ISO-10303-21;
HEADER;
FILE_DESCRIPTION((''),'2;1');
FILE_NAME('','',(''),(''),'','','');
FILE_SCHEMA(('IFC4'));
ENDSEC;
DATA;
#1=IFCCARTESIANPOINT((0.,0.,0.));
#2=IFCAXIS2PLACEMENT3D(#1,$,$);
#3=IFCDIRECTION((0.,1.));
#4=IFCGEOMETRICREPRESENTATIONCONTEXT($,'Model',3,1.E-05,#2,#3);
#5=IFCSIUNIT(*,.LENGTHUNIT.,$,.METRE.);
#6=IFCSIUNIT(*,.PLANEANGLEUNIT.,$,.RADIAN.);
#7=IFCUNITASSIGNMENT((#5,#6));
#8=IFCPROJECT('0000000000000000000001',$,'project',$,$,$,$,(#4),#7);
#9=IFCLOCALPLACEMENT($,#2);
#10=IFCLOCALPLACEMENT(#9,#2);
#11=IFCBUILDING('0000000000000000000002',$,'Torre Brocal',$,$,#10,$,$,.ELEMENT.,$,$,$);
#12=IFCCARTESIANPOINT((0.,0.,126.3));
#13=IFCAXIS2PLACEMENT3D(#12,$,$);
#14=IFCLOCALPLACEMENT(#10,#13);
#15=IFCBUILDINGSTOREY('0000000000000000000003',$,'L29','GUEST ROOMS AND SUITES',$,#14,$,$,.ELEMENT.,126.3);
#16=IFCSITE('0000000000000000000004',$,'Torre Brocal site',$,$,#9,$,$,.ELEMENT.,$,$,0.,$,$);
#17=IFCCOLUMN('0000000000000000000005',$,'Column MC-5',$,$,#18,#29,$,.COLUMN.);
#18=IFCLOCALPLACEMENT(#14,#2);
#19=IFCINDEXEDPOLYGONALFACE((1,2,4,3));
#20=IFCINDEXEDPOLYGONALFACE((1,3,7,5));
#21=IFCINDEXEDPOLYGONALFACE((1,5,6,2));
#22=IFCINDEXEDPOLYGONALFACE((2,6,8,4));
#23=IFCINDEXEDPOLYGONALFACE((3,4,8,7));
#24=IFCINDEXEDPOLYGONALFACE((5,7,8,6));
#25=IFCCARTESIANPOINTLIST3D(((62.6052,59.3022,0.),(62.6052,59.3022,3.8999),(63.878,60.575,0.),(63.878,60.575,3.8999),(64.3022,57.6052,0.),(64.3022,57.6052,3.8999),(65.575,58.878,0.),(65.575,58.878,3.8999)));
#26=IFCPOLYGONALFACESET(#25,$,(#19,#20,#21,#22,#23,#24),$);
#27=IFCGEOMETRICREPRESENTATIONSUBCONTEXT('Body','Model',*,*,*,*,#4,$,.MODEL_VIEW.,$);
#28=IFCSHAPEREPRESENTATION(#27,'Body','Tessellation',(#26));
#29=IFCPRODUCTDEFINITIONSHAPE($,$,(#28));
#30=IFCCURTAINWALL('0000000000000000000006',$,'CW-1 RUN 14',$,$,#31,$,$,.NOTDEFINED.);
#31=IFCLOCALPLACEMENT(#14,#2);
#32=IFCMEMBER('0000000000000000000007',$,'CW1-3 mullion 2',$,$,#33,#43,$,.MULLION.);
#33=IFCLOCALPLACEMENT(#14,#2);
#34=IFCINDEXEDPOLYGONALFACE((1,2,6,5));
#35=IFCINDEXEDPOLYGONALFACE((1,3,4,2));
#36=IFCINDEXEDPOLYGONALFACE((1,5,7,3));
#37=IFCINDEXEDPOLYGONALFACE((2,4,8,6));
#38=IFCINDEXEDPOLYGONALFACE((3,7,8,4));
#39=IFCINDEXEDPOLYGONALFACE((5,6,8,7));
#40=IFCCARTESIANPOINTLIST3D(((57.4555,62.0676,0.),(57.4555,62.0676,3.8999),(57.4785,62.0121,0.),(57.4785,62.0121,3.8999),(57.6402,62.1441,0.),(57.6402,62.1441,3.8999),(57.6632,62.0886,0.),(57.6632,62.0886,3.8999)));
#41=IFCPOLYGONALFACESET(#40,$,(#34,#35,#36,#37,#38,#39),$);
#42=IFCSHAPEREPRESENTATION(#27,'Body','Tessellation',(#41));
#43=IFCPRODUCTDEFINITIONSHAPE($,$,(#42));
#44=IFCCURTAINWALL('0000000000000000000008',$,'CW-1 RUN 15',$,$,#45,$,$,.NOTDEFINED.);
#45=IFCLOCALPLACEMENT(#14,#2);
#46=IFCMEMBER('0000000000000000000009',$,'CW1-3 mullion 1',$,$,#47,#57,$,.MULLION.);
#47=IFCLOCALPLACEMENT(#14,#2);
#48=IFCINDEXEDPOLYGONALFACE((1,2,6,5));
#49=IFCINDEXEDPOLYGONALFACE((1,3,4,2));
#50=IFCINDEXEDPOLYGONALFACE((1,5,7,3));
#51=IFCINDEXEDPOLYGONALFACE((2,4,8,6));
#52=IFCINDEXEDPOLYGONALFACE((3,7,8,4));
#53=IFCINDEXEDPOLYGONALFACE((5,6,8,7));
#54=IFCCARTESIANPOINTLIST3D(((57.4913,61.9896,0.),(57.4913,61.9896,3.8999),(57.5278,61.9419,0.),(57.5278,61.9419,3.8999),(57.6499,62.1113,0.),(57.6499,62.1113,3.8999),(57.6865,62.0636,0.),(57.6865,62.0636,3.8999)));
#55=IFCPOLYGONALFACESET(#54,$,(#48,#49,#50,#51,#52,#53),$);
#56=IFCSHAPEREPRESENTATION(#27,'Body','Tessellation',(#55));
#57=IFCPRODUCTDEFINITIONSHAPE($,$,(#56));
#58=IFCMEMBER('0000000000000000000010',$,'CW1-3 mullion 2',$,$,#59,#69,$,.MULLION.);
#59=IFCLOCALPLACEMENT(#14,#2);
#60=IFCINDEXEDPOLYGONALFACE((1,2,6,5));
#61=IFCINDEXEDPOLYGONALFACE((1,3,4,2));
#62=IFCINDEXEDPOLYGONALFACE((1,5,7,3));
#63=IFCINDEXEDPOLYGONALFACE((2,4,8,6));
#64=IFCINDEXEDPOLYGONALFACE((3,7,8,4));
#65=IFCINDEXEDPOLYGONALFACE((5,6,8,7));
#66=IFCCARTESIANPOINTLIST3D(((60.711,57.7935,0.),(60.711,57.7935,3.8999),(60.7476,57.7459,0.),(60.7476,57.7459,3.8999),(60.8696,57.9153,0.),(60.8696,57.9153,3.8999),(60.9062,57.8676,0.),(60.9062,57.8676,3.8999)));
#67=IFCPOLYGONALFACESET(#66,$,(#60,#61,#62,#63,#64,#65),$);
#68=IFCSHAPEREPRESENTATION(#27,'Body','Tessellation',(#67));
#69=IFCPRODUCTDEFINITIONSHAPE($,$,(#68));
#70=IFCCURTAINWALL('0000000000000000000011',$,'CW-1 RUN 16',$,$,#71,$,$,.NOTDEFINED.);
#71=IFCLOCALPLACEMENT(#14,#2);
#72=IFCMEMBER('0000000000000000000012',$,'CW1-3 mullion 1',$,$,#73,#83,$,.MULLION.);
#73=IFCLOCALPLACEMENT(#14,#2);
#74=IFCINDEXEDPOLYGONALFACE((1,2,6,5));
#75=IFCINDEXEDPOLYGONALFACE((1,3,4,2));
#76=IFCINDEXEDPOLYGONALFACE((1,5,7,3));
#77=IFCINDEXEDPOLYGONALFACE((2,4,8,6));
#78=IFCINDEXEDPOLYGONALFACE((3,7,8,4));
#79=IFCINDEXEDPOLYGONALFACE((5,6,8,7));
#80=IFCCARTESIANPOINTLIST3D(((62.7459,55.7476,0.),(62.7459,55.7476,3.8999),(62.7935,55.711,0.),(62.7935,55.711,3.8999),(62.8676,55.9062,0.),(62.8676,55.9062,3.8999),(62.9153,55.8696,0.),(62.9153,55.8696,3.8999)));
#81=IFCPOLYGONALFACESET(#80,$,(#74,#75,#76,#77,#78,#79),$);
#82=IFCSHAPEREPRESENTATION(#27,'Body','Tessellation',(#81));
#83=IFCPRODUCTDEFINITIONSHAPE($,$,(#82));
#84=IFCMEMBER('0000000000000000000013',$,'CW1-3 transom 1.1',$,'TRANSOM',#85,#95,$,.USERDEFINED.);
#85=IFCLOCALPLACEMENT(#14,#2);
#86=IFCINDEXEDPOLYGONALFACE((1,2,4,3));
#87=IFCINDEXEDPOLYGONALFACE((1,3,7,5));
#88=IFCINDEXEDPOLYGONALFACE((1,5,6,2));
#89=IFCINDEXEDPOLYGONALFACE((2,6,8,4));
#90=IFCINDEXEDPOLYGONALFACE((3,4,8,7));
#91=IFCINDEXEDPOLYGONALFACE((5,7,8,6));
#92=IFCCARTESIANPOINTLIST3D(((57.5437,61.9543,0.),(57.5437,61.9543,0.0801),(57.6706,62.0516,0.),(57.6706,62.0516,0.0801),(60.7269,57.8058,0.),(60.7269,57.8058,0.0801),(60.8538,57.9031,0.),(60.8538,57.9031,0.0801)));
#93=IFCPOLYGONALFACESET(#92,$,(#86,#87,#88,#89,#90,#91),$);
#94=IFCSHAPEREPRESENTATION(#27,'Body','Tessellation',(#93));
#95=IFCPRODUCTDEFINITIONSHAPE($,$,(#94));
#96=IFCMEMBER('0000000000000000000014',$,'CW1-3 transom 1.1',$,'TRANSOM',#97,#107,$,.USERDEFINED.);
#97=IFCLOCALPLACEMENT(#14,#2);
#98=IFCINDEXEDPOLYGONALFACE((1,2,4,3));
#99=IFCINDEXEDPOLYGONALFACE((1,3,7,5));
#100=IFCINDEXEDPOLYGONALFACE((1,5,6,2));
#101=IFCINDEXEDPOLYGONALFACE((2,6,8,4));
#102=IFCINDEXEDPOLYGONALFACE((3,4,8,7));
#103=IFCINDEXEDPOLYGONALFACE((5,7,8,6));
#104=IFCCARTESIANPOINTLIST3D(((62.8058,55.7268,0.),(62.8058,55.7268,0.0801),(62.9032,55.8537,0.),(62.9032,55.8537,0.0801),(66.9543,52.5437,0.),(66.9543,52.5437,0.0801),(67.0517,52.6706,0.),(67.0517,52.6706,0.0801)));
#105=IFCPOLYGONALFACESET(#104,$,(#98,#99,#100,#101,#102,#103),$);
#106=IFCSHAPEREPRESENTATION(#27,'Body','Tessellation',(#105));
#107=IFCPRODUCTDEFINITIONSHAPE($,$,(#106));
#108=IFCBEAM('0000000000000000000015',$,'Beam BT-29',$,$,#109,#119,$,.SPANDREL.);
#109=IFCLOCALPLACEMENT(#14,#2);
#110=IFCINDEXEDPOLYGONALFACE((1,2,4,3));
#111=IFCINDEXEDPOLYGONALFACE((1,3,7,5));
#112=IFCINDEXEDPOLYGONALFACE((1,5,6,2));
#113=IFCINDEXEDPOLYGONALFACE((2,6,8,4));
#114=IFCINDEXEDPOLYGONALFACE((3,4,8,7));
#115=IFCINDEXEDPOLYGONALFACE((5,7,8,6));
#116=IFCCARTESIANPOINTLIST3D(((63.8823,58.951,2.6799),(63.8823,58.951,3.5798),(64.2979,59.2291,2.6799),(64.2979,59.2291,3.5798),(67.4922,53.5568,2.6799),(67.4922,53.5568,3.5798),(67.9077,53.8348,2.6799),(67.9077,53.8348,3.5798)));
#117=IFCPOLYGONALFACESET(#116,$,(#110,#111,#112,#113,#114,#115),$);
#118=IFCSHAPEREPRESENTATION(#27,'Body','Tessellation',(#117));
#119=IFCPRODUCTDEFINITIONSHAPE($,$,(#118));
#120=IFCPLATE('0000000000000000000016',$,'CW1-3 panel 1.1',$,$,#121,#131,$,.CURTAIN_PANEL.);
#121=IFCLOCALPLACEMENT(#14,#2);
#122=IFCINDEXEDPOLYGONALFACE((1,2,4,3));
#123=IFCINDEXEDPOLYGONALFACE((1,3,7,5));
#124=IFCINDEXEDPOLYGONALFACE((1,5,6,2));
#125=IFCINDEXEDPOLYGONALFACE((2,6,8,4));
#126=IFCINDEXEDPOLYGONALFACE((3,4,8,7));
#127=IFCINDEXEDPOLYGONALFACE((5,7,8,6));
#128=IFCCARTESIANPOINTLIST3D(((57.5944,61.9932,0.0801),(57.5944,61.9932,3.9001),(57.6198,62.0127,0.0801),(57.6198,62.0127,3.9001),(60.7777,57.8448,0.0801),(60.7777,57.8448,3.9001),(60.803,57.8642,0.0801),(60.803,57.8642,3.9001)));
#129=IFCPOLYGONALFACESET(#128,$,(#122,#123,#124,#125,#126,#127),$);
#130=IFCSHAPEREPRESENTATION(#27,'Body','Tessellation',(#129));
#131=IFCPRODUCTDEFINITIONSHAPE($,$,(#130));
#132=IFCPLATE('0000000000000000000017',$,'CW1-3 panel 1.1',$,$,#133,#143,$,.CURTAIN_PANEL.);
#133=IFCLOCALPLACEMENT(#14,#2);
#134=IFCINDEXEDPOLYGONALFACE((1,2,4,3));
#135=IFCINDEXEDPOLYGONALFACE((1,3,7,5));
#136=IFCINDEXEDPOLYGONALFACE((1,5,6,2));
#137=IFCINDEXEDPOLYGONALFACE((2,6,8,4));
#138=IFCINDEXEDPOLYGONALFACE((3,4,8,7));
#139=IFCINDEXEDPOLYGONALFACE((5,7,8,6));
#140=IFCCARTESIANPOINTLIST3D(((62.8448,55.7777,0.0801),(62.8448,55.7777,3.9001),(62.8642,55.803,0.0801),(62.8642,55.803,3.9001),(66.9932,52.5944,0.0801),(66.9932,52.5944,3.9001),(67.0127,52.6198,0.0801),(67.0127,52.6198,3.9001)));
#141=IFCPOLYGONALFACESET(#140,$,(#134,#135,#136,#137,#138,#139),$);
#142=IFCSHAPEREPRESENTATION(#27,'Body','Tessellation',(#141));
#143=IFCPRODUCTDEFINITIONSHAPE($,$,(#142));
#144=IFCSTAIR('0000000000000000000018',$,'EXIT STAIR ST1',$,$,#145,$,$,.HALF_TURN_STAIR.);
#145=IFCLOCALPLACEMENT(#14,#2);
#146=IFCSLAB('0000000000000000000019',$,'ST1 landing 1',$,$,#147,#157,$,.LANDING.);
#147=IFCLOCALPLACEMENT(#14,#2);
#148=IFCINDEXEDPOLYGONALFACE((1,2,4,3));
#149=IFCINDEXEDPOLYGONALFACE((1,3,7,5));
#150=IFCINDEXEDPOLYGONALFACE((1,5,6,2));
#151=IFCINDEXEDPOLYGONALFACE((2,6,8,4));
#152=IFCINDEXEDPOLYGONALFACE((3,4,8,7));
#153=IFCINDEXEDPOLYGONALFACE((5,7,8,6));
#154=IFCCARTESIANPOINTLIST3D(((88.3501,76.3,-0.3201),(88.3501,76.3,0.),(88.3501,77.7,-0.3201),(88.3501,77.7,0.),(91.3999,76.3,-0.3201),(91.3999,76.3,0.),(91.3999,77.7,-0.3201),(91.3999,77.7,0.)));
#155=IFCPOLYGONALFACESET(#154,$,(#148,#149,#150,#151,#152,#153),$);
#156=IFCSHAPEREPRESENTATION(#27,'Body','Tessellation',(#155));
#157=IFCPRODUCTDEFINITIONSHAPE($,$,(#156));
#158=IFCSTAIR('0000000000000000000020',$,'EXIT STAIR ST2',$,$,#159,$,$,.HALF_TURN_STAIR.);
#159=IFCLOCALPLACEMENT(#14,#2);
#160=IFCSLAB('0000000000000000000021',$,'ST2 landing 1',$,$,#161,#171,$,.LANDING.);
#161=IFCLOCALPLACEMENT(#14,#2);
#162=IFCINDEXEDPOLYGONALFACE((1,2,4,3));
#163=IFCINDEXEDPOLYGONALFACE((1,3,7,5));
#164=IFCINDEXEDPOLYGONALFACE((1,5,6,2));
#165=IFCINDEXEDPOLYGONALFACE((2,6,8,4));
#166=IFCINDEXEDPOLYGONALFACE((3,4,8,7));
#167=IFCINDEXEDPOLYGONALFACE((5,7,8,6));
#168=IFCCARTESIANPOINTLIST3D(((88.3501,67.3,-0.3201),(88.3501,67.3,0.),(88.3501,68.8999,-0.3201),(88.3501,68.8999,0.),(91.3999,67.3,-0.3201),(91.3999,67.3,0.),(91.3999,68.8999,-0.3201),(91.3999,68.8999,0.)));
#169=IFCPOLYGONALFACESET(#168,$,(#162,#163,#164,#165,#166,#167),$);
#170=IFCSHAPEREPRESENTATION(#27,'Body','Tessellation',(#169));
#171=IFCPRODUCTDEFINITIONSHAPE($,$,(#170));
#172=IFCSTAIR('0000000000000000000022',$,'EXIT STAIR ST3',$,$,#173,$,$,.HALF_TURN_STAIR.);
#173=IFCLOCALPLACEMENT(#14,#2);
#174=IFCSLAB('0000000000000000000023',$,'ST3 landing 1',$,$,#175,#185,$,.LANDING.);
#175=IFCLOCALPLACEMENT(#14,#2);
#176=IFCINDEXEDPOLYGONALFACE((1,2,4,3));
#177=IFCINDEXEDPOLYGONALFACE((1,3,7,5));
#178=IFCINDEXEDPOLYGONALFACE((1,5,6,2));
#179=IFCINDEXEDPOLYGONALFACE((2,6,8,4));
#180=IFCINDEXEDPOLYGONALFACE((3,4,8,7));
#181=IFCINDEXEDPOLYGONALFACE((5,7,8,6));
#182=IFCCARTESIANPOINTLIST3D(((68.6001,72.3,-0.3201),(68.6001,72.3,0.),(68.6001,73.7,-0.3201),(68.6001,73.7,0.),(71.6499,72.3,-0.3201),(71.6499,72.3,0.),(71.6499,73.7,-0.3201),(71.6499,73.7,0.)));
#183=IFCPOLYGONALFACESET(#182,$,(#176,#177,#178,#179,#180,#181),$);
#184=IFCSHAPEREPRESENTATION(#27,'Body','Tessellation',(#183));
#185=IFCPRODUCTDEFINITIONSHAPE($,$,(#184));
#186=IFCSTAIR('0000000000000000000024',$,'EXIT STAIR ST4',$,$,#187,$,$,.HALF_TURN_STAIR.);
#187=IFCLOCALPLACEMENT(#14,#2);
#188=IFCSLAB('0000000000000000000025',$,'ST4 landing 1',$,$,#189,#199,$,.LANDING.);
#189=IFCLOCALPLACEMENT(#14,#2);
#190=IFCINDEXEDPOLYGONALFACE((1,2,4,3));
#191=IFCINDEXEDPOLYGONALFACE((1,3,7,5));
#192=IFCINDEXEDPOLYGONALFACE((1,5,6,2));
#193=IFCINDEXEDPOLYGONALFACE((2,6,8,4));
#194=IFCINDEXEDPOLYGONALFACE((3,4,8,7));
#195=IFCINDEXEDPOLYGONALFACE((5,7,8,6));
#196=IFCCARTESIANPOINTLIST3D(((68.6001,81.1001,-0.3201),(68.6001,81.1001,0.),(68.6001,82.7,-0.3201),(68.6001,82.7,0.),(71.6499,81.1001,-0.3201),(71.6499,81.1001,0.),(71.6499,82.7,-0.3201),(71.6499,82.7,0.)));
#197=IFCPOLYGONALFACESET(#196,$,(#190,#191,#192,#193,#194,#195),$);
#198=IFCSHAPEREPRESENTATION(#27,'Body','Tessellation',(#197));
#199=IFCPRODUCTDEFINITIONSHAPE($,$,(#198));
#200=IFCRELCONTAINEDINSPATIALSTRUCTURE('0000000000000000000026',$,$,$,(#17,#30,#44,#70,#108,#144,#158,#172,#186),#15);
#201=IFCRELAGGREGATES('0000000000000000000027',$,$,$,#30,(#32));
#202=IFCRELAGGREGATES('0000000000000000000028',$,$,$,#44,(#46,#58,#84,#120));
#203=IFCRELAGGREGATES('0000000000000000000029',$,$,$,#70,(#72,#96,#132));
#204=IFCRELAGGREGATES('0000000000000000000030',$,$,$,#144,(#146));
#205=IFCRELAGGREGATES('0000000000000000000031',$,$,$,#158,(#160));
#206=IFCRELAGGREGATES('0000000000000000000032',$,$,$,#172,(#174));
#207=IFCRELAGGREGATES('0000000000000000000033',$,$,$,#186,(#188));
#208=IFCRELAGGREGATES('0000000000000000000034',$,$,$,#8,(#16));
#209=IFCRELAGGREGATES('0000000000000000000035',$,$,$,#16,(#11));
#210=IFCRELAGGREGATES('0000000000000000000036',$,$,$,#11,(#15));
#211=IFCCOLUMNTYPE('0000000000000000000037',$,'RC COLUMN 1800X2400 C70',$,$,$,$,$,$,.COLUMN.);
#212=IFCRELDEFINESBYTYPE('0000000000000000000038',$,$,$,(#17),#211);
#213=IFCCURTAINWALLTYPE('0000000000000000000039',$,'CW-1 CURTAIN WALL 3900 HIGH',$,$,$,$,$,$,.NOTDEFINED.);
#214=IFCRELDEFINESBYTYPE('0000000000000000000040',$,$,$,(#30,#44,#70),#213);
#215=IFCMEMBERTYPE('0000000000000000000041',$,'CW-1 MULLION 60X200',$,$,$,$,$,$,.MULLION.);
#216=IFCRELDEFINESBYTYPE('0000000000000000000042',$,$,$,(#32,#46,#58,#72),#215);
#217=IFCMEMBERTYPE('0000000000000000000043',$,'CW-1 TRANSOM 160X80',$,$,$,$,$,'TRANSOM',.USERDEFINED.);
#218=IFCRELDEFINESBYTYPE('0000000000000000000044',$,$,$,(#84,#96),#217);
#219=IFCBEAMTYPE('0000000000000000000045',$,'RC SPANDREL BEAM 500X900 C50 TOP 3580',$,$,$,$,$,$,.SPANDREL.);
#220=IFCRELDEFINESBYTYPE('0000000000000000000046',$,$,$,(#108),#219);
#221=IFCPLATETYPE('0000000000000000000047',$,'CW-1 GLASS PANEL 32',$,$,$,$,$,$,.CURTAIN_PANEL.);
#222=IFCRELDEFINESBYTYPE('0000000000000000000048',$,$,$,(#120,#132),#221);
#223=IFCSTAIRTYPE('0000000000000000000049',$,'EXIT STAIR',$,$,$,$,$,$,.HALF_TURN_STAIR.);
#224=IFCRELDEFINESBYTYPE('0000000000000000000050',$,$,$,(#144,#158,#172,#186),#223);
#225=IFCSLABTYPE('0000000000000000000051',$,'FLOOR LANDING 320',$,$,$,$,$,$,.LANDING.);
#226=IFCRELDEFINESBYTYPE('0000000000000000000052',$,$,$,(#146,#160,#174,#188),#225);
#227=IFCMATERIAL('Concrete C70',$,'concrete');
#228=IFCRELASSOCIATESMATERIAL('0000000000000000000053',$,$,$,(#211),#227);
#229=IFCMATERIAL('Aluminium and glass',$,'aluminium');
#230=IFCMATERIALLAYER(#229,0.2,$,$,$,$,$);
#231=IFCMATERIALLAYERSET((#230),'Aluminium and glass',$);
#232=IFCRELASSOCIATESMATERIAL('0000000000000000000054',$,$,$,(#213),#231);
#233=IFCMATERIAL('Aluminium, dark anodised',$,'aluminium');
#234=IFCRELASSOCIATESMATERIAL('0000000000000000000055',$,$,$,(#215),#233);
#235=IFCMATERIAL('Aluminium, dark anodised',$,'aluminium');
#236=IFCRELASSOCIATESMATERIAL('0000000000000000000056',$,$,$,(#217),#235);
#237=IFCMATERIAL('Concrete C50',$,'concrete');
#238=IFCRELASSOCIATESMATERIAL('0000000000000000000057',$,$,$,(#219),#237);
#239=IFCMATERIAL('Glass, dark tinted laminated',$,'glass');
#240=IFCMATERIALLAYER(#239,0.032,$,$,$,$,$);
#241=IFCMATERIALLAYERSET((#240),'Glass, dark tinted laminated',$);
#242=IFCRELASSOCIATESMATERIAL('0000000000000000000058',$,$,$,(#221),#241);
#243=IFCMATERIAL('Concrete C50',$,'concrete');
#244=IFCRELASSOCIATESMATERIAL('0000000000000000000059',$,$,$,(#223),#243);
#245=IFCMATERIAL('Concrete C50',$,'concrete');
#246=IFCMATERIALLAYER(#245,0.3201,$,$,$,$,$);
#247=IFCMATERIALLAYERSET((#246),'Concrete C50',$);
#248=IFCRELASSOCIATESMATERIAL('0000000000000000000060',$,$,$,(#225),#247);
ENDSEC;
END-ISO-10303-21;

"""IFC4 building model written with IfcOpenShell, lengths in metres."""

from ifc_helpers import new_model, si_unit, direction, frame, origin, origin_2d, place, context, subcontext, project, spatial, polyline, rectangle, outline, extrude, material, layer, layer_set, material_profile, profile_set, type_object, element, aggregate, save


model = new_model("IFC4")

# Units and contexts
model_context = context("Model", 3, precision=1e-05, world=origin(), true_north=direction((0.0, 1.0)))
body_context = subcontext(model_context, "Body", "Model", "MODEL_VIEW")
ifc_project = project(units=[si_unit("LENGTHUNIT", "METRE"), si_unit("PLANEANGLEUNIT", "RADIAN")], contexts=[model_context])

# Site, building, storey
site_placement = place(None, origin())
site = spatial("IfcSite", under=ifc_project, at=site_placement, Name="Torre Brocal site", CompositionType="ELEMENT", RefElevation=0.0)
building_placement = place(site_placement, origin())
building = spatial("IfcBuilding", under=site, at=building_placement, Name="Torre Brocal", CompositionType="ELEMENT")
storey_placement = place(building_placement, frame((0.0, 0.0, 126.3)))
storey = spatial("IfcBuildingStorey", under=building, at=storey_placement, Name="L29", Description="GUEST ROOMS AND SUITES", CompositionType="ELEMENT", Elevation=126.3)

# Column
ifc_material_1 = material(Name="Concrete C70", Category="concrete")
ifc_material_profile_1 = material_profile(ifc_material_1, rectangle(XDim=1.8, YDim=2.3999, at=origin_2d()), Name="RC 1800X2400")
ifc_profile_set_1 = profile_set([ifc_material_profile_1], Name="Concrete C70")
column_type = type_object("IfcColumnType", Name="RC COLUMN 1800X2400 C70", PredefinedType="COLUMN", material=ifc_profile_set_1)
column_placement = place(storey_placement, frame((64.0901, 59.0901, 0.0), z_axis=(0.0, 0.0, 1.0), x_axis=(-0.707107, -0.707107, 0.0)))
element("IfcColumn", 1, at=column_placement, inside=storey, type_object=column_type, Name="Column MC-5", PredefinedType="COLUMN", context=body_context, shape_type="SweptSolid", body=[
    extrude(rectangle(XDim=1.8, YDim=2.3999, at=origin_2d()), origin(), (0.0, 0.0, 1.0), 3.8999),
])

# Curtain wall, member
ifc_material_2 = material(Name="Aluminium and glass", Category="aluminium")
ifc_layer_1 = layer(ifc_material_2, 0.2)
ifc_layer_set_1 = layer_set([ifc_layer_1], Name="Aluminium and glass")
curtain_wall_type = type_object("IfcCurtainWallType", Name="CW-1 CURTAIN WALL 3900 HIGH", PredefinedType="NOTDEFINED", material=ifc_layer_set_1)
curtain_wall_1_placement = place(storey_placement, origin())
curtain_wall_1 = element("IfcCurtainWall", 2, at=curtain_wall_1_placement, inside=storey, type_object=curtain_wall_type, Name="CW-1 RUN 14", PredefinedType="NOTDEFINED")
ifc_material_3 = material(Name="Aluminium, dark anodised", Category="aluminium")
ifc_material_profile_2 = material_profile(ifc_material_3, rectangle(XDim=0.2, YDim=0.0601, at=origin_2d()), Name="CW-1 MULLION 60X200")
ifc_profile_set_2 = profile_set([ifc_material_profile_2], Name="Aluminium, dark anodised")
member_type_1 = type_object("IfcMemberType", Name="CW-1 MULLION 60X200", PredefinedType="MULLION", material=ifc_profile_set_2)
member_1_placement = place(storey_placement, frame((57.5593, 62.0781, 0.0), z_axis=(0.0, 0.0, 1.0), x_axis=(0.92388, 0.382683, 0.0)))
member_1 = element("IfcMember", 3, at=member_1_placement, type_object=member_type_1, Name="CW1-3 mullion 2", PredefinedType="MULLION", context=body_context, shape_type="SweptSolid", body=[
    extrude(rectangle(XDim=0.2, YDim=0.0601, at=origin_2d()), origin(), (0.0, 0.0, 1.0), 3.8999),
])
aggregate(curtain_wall_1, [member_1])

# Curtain wall, members
curtain_wall_2_placement = place(storey_placement, origin())
curtain_wall_2 = element("IfcCurtainWall", 4, at=curtain_wall_2_placement, inside=storey, type_object=curtain_wall_type, Name="CW-1 RUN 15", PredefinedType="NOTDEFINED")
member_2_placement = place(storey_placement, frame((57.5889, 62.0266, 0.0), z_axis=(0.0, 0.0, 1.0), x_axis=(0.793353, 0.608761, 0.0)))
member_2 = element("IfcMember", 5, at=member_2_placement, type_object=member_type_1, Name="CW1-3 mullion 1", PredefinedType="MULLION", context=body_context, shape_type="SweptSolid", body=[
    extrude(rectangle(XDim=0.2, YDim=0.0601, at=origin_2d()), origin(), (0.0, 0.0, 1.0), 3.8999),
])
member_3_placement = place(storey_placement, frame((60.8086, 57.8306, 0.0), z_axis=(0.0, 0.0, 1.0), x_axis=(0.793353, 0.608761, 0.0)))
member_3 = element("IfcMember", 6, at=member_3_placement, type_object=member_type_1, Name="CW1-3 mullion 2", PredefinedType="MULLION", context=body_context, shape_type="SweptSolid", body=[
    extrude(rectangle(XDim=0.2, YDim=0.0601, at=origin_2d()), origin(), (0.0, 0.0, 1.0), 3.8999),
])

# Curtain wall, member
curtain_wall_3_placement = place(storey_placement, origin())
curtain_wall_3 = element("IfcCurtainWall", 7, at=curtain_wall_3_placement, inside=storey, type_object=curtain_wall_type, Name="CW-1 RUN 16", PredefinedType="NOTDEFINED")
member_4_placement = place(storey_placement, frame((62.8306, 55.8086, 0.0), z_axis=(0.0, 0.0, 1.0), x_axis=(0.608761, 0.793353, 0.0)))
member_4 = element("IfcMember", 8, at=member_4_placement, type_object=member_type_1, Name="CW1-3 mullion 1", PredefinedType="MULLION", context=body_context, shape_type="SweptSolid", body=[
    extrude(rectangle(XDim=0.2, YDim=0.0601, at=origin_2d()), origin(), (0.0, 0.0, 1.0), 3.8999),
])

# Members
ifc_material_4 = material(Name="Aluminium, dark anodised", Category="aluminium")
ifc_material_profile_3 = material_profile(ifc_material_4, rectangle(XDim=0.1599, YDim=0.0801, at=origin_2d()), Name="CW-1 TRANSOM 160X80")
ifc_profile_set_3 = profile_set([ifc_material_profile_3], Name="Aluminium, dark anodised")
member_type_2 = type_object("IfcMemberType", Name="CW-1 TRANSOM 160X80", ElementType="TRANSOM", PredefinedType="USERDEFINED", material=ifc_profile_set_3)
member_5_placement = place(storey_placement, frame((57.6072, 62.0029, 0.04), z_axis=(0.608749, -0.793363, 0.0), x_axis=(0.793363, 0.608749, 0.0)))
member_5 = element("IfcMember", 9, at=member_5_placement, type_object=member_type_2, Name="CW1-3 transom 1.1", ObjectType="TRANSOM", PredefinedType="USERDEFINED", context=body_context, shape_type="SweptSolid", body=[
    extrude(rectangle(XDim=0.1599, YDim=0.0801, at=origin_2d()), origin(), (0.0, 0.0, 1.0), 5.229),
])
member_6_placement = place(storey_placement, frame((62.8545, 55.7903, 0.04), z_axis=(0.793363, -0.608749, 0.0), x_axis=(0.608749, 0.793363, 0.0)))
member_6 = element("IfcMember", 10, at=member_6_placement, type_object=member_type_2, Name="CW1-3 transom 1.1", ObjectType="TRANSOM", PredefinedType="USERDEFINED", context=body_context, shape_type="SweptSolid", body=[
    extrude(rectangle(XDim=0.1599, YDim=0.0801, at=origin_2d()), origin(), (0.0, 0.0, 1.0), 5.229),
])

# Beam
ifc_material_5 = material(Name="Concrete C50", Category="concrete")
ifc_material_profile_4 = material_profile(ifc_material_5, rectangle(XDim=0.5, YDim=0.8999, at=origin_2d()), Name="RC 500X900")
ifc_profile_set_4 = profile_set([ifc_material_profile_4], Name="Concrete C50")
beam_type = type_object("IfcBeamType", Name="RC SPANDREL BEAM 500X900 C50 TOP 3580", PredefinedType="SPANDREL", material=ifc_profile_set_4)
beam_placement = place(storey_placement, frame((64.0901, 59.0901, 3.1299), z_axis=(0.556158, -0.831077, 0.0), x_axis=(0.831077, 0.556158, 0.0)))
element("IfcBeam", 11, at=beam_placement, inside=storey, type_object=beam_type, Name="Beam BT-29", PredefinedType="SPANDREL", context=body_context, shape_type="SweptSolid", body=[
    extrude(rectangle(XDim=0.5, YDim=0.8999, at=origin_2d()), origin(), (0.0, 0.0, 1.0), 6.4907),
])

# Plates
ifc_material_6 = material(Name="Glass, dark tinted laminated", Category="glass")
ifc_layer_2 = layer(ifc_material_6, 0.032)
ifc_layer_set_2 = layer_set([ifc_layer_2], Name="Glass, dark tinted laminated")
plate_type = type_object("IfcPlateType", Name="CW-1 GLASS PANEL 32", PredefinedType="CURTAIN_PANEL", material=ifc_layer_set_2)
plate_1_placement = place(storey_placement, frame((59.1987, 59.9287, 0.0801), z_axis=(0.0, 0.0, 1.0), x_axis=(0.608761, -0.793353, 0.0)))
plate_1 = element("IfcPlate", 12, at=plate_1_placement, type_object=plate_type, Name="CW1-3 panel 1.1", PredefinedType="CURTAIN_PANEL", context=body_context, shape_type="SweptSolid", body=[
    extrude(rectangle(XDim=5.229, YDim=0.032, at=origin_2d()), origin(), (0.0, 0.0, 1.0), 3.8201),
])
aggregate(curtain_wall_2, [member_2, member_3, member_5, plate_1])
plate_2_placement = place(storey_placement, frame((64.9287, 54.1987, 0.0801), z_axis=(0.0, 0.0, 1.0), x_axis=(0.793353, -0.608761, 0.0)))
plate_2 = element("IfcPlate", 13, at=plate_2_placement, type_object=plate_type, Name="CW1-3 panel 1.1", PredefinedType="CURTAIN_PANEL", context=body_context, shape_type="SweptSolid", body=[
    extrude(rectangle(XDim=5.229, YDim=0.032, at=origin_2d()), origin(), (0.0, 0.0, 1.0), 3.8201),
])
aggregate(curtain_wall_3, [member_4, member_6, plate_2])

# Stairs, slabs
ifc_material_7 = material(Name="Concrete C50", Category="concrete")
stair_type = type_object("IfcStairType", Name="EXIT STAIR", PredefinedType="HALF_TURN_STAIR", material=ifc_material_7)
stair_1_placement = place(storey_placement, origin())
stair_1 = element("IfcStair", 14, at=stair_1_placement, inside=storey, type_object=stair_type, Name="EXIT STAIR ST1", PredefinedType="HALF_TURN_STAIR")
ifc_material_8 = material(Name="Concrete C50", Category="concrete")
ifc_layer_3 = layer(ifc_material_8, 0.3201)
ifc_layer_set_3 = layer_set([ifc_layer_3], Name="Concrete C50")
slab_type_1 = type_object("IfcSlabType", Name="FLOOR LANDING 320", PredefinedType="LANDING", material=ifc_layer_set_3)
slab_1_placement = place(storey_placement, frame((0.0, 0.0, -0.3201)))
slab_1 = element("IfcSlab", 15, at=slab_1_placement, type_object=slab_type_1, Name="ST1 landing 1", PredefinedType="LANDING", context=body_context, shape_type="SweptSolid", body=[
    extrude(outline(polyline([(88.3501, 76.3), (91.3999, 76.3), (91.3999, 77.7), (88.3501, 77.7), (88.3501, 76.3)])), origin(), (0.0, 0.0, 1.0), 0.3201),
])
stair_2_placement = place(storey_placement, origin())
stair_2 = element("IfcStair", 16, at=stair_2_placement, inside=storey, type_object=stair_type, Name="EXIT STAIR ST2", PredefinedType="HALF_TURN_STAIR")
slab_2_placement = place(storey_placement, frame((0.0, 0.0, -0.3201)))
slab_2 = element("IfcSlab", 17, at=slab_2_placement, type_object=slab_type_1, Name="ST2 landing 1", PredefinedType="LANDING", context=body_context, shape_type="SweptSolid", body=[
    extrude(outline(polyline([(88.3501, 67.3), (91.3999, 67.3), (91.3999, 68.8999), (88.3501, 68.8999), (88.3501, 67.3)])), origin(), (0.0, 0.0, 1.0), 0.3201),
])
stair_3_placement = place(storey_placement, origin())
stair_3 = element("IfcStair", 18, at=stair_3_placement, inside=storey, type_object=stair_type, Name="EXIT STAIR ST3", PredefinedType="HALF_TURN_STAIR")
slab_3_placement = place(storey_placement, frame((0.0, 0.0, -0.3201)))
slab_3 = element("IfcSlab", 19, at=slab_3_placement, type_object=slab_type_1, Name="ST3 landing 1", PredefinedType="LANDING", context=body_context, shape_type="SweptSolid", body=[
    extrude(outline(polyline([(71.6499, 73.7), (68.6001, 73.7), (68.6001, 72.3), (71.6499, 72.3), (71.6499, 73.7)])), origin(), (0.0, 0.0, 1.0), 0.3201),
])
stair_4_placement = place(storey_placement, origin())
stair_4 = element("IfcStair", 20, at=stair_4_placement, inside=storey, type_object=stair_type, Name="EXIT STAIR ST4", PredefinedType="HALF_TURN_STAIR")
slab_4_placement = place(storey_placement, frame((0.0, 0.0, -0.3201)))
slab_4 = element("IfcSlab", 21, at=slab_4_placement, type_object=slab_type_1, Name="ST4 landing 1", PredefinedType="LANDING", context=body_context, shape_type="SweptSolid", body=[
    extrude(outline(polyline([(71.6499, 82.7), (68.6001, 82.7), (68.6001, 81.1001), (71.6499, 81.1001), (71.6499, 82.7)])), origin(), (0.0, 0.0, 1.0), 0.3201),
])

aggregate(stair_1, [slab_1])
aggregate(stair_2, [slab_2])
aggregate(stair_3, [slab_3])
aggregate(stair_4, [slab_4])

save(model, "model.ifc")
